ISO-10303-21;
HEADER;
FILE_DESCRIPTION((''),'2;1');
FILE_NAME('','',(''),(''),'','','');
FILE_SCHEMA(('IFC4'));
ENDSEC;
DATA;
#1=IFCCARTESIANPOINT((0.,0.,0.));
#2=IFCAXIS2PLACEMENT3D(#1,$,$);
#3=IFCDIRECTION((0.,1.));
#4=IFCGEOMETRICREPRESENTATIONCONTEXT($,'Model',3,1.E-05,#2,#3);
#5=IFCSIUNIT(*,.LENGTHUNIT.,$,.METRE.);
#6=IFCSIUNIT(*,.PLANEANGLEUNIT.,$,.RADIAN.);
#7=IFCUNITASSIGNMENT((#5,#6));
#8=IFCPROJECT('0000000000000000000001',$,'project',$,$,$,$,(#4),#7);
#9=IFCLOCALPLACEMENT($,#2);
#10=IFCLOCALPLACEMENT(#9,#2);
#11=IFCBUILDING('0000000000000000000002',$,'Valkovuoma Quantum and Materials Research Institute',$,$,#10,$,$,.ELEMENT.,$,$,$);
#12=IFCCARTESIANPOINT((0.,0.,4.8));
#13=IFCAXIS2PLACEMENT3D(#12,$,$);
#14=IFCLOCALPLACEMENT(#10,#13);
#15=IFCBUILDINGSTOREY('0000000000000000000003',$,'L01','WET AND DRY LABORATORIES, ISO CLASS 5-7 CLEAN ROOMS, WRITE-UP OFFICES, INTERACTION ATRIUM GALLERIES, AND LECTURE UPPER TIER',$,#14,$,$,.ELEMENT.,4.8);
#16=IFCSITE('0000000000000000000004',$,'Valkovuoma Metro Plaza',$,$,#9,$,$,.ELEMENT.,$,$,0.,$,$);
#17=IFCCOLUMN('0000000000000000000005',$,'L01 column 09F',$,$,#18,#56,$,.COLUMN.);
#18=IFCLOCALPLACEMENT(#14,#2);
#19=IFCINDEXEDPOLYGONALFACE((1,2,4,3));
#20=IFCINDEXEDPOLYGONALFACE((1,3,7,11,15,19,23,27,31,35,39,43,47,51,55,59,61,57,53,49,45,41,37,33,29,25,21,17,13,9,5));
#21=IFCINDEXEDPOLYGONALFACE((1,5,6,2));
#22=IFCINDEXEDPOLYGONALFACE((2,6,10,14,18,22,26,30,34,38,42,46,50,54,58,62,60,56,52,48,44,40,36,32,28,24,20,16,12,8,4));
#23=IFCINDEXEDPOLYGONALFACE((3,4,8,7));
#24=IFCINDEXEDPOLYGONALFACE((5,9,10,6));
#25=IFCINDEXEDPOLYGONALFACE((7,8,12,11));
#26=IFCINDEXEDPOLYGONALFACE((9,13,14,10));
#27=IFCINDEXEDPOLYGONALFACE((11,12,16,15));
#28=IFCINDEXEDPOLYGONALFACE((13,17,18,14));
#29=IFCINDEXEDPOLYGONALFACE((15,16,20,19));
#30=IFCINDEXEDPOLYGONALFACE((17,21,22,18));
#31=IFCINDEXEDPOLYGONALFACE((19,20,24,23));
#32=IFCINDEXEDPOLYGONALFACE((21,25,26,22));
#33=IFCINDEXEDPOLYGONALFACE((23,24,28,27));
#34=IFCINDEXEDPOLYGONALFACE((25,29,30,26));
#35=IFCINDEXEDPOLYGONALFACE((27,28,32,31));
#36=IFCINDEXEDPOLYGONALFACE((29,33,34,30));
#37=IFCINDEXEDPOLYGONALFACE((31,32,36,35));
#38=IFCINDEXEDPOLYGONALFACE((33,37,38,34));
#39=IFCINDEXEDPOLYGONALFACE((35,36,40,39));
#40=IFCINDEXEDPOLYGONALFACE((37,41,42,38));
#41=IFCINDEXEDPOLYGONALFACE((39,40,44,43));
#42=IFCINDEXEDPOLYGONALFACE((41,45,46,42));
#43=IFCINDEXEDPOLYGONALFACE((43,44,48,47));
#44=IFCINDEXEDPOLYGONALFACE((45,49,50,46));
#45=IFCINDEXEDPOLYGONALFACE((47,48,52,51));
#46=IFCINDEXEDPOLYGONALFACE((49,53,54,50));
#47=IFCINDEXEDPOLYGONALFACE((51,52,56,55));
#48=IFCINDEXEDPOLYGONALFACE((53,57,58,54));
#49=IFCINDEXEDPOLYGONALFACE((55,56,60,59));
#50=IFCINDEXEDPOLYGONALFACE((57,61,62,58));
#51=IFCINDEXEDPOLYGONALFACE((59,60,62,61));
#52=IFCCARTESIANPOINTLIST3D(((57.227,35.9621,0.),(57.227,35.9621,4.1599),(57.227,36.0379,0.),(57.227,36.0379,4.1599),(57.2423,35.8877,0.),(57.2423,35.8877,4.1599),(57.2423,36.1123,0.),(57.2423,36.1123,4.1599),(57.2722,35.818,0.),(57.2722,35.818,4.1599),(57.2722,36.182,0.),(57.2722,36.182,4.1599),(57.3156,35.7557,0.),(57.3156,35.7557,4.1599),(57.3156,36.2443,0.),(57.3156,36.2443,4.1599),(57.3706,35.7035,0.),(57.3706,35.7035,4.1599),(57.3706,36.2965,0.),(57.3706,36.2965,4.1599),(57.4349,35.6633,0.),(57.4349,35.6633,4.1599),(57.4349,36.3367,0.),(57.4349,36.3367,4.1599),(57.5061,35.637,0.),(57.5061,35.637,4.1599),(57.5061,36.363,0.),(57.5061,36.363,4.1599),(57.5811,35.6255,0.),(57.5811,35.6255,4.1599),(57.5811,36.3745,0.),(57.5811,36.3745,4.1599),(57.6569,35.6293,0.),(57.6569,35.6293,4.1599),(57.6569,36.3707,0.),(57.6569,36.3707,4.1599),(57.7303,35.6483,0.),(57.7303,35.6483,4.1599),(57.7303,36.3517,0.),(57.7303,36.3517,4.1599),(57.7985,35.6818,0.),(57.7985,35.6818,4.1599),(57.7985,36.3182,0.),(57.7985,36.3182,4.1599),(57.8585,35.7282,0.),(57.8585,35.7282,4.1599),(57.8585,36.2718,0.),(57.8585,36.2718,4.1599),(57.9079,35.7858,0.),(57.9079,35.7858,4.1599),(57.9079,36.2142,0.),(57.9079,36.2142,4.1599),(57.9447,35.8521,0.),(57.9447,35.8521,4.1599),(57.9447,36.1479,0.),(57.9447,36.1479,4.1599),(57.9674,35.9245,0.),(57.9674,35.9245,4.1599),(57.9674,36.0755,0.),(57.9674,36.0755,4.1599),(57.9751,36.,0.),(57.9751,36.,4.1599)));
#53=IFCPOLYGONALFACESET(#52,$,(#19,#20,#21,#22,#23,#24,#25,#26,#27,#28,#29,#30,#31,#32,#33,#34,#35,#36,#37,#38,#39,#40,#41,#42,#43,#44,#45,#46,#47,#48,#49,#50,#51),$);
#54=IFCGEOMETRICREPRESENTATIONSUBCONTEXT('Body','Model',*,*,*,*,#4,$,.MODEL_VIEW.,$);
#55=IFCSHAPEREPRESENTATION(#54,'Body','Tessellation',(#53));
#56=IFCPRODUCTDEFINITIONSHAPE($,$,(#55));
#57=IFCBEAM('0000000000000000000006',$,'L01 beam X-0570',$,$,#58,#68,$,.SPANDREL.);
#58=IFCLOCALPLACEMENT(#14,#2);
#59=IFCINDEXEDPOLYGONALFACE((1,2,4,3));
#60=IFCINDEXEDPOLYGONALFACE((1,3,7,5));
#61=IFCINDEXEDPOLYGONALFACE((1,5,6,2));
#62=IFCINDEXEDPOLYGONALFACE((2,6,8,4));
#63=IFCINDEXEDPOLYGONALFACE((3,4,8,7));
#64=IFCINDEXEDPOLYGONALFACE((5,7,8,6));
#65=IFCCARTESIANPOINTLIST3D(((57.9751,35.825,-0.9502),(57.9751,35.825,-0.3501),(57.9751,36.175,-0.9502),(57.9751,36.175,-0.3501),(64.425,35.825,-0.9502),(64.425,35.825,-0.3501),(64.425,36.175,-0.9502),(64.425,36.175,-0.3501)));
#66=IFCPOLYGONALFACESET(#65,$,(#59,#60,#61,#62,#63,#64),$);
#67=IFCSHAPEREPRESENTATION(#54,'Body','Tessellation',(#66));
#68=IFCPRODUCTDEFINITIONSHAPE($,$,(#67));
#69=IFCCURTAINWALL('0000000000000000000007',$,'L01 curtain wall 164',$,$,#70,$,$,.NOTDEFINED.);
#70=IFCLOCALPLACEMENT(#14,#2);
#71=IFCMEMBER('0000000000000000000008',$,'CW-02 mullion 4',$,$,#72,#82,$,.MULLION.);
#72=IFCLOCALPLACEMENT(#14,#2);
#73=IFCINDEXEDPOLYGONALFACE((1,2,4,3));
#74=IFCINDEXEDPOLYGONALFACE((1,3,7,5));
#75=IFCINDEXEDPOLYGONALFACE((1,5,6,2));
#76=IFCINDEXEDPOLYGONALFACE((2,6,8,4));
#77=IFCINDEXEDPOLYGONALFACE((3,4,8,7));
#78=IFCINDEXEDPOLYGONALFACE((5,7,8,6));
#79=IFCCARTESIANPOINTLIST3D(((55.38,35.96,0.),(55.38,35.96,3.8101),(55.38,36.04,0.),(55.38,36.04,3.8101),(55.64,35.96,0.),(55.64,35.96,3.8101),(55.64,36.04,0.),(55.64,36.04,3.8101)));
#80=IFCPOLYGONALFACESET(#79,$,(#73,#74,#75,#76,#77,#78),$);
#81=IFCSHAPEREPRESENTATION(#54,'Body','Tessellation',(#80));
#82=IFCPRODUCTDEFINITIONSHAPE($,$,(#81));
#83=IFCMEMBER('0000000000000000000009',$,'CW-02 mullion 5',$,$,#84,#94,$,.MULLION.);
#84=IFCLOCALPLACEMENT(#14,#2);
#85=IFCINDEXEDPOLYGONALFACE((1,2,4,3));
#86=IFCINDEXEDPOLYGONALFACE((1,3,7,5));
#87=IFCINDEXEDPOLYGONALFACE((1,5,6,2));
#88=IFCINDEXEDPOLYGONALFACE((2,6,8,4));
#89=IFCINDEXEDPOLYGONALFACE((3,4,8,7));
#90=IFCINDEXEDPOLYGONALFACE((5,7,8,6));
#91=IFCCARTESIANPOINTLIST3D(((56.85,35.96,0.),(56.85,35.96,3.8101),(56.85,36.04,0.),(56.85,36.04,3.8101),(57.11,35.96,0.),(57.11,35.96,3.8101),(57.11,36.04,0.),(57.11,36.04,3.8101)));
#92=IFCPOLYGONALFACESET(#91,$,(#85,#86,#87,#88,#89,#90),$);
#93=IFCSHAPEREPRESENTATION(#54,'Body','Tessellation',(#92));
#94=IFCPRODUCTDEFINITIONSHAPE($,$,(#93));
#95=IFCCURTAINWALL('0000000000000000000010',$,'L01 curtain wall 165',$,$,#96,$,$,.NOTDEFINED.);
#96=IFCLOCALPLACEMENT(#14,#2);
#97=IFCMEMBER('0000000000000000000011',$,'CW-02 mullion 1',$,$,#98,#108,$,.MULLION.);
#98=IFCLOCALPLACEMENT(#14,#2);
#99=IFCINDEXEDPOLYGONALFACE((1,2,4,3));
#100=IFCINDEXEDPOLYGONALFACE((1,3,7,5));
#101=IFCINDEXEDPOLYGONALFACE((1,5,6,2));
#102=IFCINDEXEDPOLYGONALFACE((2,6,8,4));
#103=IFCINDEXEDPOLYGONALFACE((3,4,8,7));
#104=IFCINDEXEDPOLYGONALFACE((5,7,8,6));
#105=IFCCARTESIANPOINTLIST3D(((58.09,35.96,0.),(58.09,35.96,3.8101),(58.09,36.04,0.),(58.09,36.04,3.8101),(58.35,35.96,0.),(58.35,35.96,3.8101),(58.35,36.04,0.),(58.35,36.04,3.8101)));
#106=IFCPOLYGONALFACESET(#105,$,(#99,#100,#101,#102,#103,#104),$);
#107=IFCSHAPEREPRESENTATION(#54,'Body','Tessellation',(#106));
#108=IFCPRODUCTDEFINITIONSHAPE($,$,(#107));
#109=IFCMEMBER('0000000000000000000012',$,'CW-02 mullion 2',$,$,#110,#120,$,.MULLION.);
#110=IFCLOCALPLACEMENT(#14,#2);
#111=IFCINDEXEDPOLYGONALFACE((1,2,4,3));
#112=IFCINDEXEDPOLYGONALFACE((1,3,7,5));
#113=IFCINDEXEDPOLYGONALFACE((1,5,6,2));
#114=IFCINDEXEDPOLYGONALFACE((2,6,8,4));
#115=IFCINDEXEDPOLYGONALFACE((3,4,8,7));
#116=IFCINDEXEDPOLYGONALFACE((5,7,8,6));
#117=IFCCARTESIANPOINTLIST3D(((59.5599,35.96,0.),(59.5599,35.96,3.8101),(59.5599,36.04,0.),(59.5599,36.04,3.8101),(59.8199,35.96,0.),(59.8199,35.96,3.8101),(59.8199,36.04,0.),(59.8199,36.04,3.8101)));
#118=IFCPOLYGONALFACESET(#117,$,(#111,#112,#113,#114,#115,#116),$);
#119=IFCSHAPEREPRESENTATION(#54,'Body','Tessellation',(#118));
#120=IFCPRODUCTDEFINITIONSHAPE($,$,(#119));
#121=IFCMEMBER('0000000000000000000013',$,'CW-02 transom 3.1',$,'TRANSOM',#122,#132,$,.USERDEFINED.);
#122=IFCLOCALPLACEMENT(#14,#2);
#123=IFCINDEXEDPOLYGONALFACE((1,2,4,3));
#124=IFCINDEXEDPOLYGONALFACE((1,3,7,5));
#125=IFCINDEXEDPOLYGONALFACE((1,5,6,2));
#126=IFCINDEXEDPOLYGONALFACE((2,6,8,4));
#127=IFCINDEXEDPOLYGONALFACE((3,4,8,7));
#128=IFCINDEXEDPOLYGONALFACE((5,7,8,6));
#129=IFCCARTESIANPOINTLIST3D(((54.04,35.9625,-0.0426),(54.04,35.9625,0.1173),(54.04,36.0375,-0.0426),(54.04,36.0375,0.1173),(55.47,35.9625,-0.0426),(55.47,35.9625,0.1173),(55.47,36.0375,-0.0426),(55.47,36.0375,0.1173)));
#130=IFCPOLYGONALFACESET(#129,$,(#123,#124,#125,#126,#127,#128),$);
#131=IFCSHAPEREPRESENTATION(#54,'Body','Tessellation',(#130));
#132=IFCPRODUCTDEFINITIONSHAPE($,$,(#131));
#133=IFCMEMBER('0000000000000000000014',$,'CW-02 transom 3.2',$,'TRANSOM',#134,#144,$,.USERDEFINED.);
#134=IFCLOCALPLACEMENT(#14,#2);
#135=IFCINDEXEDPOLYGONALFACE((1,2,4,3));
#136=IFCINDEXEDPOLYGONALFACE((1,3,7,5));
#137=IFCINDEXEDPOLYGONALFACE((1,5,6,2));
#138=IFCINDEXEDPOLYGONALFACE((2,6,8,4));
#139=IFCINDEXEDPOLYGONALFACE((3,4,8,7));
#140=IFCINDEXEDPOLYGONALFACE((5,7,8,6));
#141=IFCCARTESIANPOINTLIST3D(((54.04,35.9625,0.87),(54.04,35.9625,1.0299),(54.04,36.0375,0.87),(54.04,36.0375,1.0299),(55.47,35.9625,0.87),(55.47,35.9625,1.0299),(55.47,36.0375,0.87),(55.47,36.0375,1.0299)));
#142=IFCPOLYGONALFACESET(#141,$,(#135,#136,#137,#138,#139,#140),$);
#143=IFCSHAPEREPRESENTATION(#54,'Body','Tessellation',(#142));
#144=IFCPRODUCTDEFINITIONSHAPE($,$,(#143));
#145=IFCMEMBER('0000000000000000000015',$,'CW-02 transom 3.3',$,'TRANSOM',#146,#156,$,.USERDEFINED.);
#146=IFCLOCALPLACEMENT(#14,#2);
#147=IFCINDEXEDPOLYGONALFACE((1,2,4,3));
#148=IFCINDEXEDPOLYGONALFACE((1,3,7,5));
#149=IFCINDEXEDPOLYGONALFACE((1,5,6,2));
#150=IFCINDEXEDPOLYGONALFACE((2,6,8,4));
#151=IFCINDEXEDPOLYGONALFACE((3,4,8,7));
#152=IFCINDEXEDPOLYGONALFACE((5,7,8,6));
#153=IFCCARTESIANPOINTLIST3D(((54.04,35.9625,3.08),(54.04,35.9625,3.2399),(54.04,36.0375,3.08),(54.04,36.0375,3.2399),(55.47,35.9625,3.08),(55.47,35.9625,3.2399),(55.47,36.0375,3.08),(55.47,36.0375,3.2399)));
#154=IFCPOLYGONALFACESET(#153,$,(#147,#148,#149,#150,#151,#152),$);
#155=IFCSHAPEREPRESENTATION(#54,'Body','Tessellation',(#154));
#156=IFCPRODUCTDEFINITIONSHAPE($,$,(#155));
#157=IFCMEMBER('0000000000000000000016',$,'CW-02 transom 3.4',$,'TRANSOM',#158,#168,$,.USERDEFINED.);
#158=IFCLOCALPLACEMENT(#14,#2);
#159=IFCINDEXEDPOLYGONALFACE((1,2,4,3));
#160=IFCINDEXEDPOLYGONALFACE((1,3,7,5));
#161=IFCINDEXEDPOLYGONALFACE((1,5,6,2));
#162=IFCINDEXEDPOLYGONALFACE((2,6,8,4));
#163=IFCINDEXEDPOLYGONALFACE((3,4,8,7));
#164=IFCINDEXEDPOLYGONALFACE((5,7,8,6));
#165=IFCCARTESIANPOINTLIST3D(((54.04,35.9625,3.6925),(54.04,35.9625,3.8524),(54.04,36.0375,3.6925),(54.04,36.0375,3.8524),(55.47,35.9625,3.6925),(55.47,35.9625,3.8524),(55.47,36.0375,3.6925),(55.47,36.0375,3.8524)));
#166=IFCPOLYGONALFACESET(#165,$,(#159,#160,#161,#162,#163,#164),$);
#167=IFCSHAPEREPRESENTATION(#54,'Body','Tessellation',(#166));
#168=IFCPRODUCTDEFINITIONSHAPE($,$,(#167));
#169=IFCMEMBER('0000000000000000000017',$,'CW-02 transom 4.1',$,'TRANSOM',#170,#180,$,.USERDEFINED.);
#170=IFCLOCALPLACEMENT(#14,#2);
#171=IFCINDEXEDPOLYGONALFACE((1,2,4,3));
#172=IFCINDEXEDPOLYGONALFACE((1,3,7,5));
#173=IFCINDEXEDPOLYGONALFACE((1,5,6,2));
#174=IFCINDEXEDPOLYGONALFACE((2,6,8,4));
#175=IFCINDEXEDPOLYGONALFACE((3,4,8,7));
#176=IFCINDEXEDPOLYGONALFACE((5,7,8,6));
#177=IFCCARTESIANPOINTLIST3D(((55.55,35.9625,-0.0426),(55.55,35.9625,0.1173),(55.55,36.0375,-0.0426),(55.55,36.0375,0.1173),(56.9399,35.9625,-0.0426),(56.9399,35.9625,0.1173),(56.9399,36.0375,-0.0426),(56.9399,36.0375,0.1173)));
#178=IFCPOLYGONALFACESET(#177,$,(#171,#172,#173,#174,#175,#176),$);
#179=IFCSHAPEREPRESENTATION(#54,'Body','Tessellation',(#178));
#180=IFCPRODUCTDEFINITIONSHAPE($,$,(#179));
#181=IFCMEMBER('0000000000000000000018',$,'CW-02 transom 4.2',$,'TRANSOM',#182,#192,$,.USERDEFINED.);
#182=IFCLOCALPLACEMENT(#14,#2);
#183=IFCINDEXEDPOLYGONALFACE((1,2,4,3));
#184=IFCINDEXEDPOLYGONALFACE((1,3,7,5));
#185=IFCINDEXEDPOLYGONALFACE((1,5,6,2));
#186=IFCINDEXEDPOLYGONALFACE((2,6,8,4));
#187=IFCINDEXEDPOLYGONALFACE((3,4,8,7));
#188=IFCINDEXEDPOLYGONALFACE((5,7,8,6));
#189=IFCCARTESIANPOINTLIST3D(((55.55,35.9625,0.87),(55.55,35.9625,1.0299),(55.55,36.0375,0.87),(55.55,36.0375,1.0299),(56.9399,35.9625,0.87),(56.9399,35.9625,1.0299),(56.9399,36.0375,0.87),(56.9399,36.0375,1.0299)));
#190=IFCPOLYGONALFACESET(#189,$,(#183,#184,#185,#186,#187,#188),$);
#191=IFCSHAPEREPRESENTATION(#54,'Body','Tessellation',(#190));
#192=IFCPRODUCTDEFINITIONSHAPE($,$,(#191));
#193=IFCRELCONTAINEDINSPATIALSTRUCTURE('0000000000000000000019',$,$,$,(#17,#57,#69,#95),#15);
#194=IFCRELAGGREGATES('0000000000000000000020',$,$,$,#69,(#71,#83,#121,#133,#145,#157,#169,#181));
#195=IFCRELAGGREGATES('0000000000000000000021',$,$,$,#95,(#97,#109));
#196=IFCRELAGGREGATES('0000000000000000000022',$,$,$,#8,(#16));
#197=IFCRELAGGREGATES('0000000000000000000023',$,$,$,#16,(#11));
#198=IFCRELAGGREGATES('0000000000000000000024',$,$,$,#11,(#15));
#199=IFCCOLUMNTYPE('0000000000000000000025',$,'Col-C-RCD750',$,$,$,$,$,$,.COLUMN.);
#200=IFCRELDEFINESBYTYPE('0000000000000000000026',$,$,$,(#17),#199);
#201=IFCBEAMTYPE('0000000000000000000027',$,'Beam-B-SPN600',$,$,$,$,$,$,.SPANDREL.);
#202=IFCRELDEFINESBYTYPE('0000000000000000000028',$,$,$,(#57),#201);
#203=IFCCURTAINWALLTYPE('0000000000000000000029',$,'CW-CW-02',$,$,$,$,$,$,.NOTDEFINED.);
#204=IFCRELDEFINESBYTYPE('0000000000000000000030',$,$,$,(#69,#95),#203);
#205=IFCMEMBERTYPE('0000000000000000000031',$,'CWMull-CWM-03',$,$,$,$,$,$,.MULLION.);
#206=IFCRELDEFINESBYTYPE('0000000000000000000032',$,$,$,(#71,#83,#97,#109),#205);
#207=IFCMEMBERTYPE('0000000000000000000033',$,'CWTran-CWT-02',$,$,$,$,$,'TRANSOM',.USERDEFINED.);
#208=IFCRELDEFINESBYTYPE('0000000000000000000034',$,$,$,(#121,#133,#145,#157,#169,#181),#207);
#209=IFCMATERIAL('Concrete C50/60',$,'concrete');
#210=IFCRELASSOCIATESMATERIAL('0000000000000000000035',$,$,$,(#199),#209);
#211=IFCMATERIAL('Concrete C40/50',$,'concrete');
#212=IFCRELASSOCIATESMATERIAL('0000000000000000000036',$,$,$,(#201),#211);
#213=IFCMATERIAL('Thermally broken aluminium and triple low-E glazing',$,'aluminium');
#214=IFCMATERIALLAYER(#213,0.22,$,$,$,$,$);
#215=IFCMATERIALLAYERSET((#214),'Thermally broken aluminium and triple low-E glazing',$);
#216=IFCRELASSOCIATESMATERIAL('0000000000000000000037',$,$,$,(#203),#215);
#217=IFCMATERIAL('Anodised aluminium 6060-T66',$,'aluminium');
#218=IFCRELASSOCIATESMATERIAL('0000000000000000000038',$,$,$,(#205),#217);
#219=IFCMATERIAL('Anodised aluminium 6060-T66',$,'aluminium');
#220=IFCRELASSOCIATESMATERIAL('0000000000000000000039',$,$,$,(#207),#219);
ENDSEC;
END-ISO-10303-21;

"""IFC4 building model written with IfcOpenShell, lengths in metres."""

from ifc_helpers import new_model, si_unit, direction, frame, origin, origin_2d, place, context, subcontext, project, spatial, rectangle, circle, extrude, material, layer, layer_set, material_profile, profile_set, type_object, element, aggregate, save


model = new_model("IFC4")

# Units and contexts
model_context = context("Model", 3, precision=1e-05, world=origin(), true_north=direction((0.0, 1.0)))
body_context = subcontext(model_context, "Body", "Model", "MODEL_VIEW")
ifc_project = project(units=[si_unit("LENGTHUNIT", "METRE"), si_unit("PLANEANGLEUNIT", "RADIAN")], contexts=[model_context])

# Site, building, storey
site_placement = place(None, origin())
site = spatial("IfcSite", under=ifc_project, at=site_placement, Name="Valkovuoma Metro Plaza", CompositionType="ELEMENT", RefElevation=0.0)
building_placement = place(site_placement, origin())
building = spatial("IfcBuilding", under=site, at=building_placement, Name="Valkovuoma Quantum and Materials Research Institute", CompositionType="ELEMENT")
storey_placement = place(building_placement, frame((0.0, 0.0, 4.8)))
storey = spatial("IfcBuildingStorey", under=building, at=storey_placement, Name="L01", Description="WET AND DRY LABORATORIES, ISO CLASS 5-7 CLEAN ROOMS, WRITE-UP OFFICES, INTERACTION ATRIUM GALLERIES, AND LECTURE UPPER TIER", CompositionType="ELEMENT", Elevation=4.8)

# Column
ifc_material_1 = material(Name="Concrete C50/60", Category="concrete")
ifc_material_profile_1 = material_profile(ifc_material_1, circle(Radius=0.375, at=origin_2d()), Name="Concrete C50/60")
ifc_profile_set_1 = profile_set([ifc_material_profile_1], Name="Concrete C50/60")
column_type = type_object("IfcColumnType", Name="Col-C-RCD750", PredefinedType="COLUMN", material=ifc_profile_set_1)
column_placement = place(storey_placement, frame((57.6001, 36.0, 0.0), z_axis=(0.0, 0.0, 1.0), x_axis=(1.0, 0.0, 0.0)))
element("IfcColumn", 1, at=column_placement, inside=storey, type_object=column_type, Name="L01 column 09F", PredefinedType="COLUMN", context=body_context, shape_type="SweptSolid", body=[
    extrude(circle(Radius=0.375, at=origin_2d()), origin(), (0.0, 0.0, 1.0), 4.1599),
])

# Beam
ifc_material_2 = material(Name="Concrete C40/50", Category="concrete")
ifc_material_profile_2 = material_profile(ifc_material_2, rectangle(XDim=0.3501, YDim=0.6001, at=origin_2d()), Name="Concrete C40/50")
ifc_profile_set_2 = profile_set([ifc_material_profile_2], Name="Concrete C40/50")
beam_type = type_object("IfcBeamType", Name="Beam-B-SPN600", PredefinedType="SPANDREL", material=ifc_profile_set_2)
beam_placement = place(storey_placement, frame((57.9751, 36.0, -0.6501), z_axis=(1.0, 0.0, 0.0), x_axis=(0.0, 1.0, 0.0)))
element("IfcBeam", 2, at=beam_placement, inside=storey, type_object=beam_type, Name="L01 beam X-0570", PredefinedType="SPANDREL", context=body_context, shape_type="SweptSolid", body=[
    extrude(rectangle(XDim=0.3501, YDim=0.6001, at=origin_2d()), origin(), (0.0, 0.0, 1.0), 6.45),
])

# Curtain walls, members
ifc_material_3 = material(Name="Thermally broken aluminium and triple low-E glazing", Category="aluminium")
ifc_layer_1 = layer(ifc_material_3, 0.22)
ifc_layer_set_1 = layer_set([ifc_layer_1], Name="Thermally broken aluminium and triple low-E glazing")
curtain_wall_type = type_object("IfcCurtainWallType", Name="CW-CW-02", PredefinedType="NOTDEFINED", material=ifc_layer_set_1)
curtain_wall_1_placement = place(storey_placement, origin())
curtain_wall_1 = element("IfcCurtainWall", 3, at=curtain_wall_1_placement, inside=storey, type_object=curtain_wall_type, Name="L01 curtain wall 164", PredefinedType="NOTDEFINED")
ifc_material_4 = material(Name="Anodised aluminium 6060-T66", Category="aluminium")
ifc_material_profile_3 = material_profile(ifc_material_4, rectangle(XDim=0.0801, YDim=0.26, at=origin_2d()), Name="Anodised aluminium 6060-T66")
ifc_profile_set_3 = profile_set([ifc_material_profile_3], Name="Anodised aluminium 6060-T66")
member_type_1 = type_object("IfcMemberType", Name="CWMull-CWM-03", PredefinedType="MULLION", material=ifc_profile_set_3)
member_1_placement = place(storey_placement, frame((55.51, 36.0, 0.0), z_axis=(0.0, 0.0, 1.0), x_axis=(0.0, 1.0, 0.0)))
member_1 = element("IfcMember", 4, at=member_1_placement, type_object=member_type_1, Name="CW-02 mullion 4", PredefinedType="MULLION", context=body_context, shape_type="SweptSolid", body=[
    extrude(rectangle(XDim=0.0801, YDim=0.26, at=origin_2d()), origin(), (0.0, 0.0, 1.0), 3.8101),
])
member_2_placement = place(storey_placement, frame((56.98, 36.0, 0.0), z_axis=(0.0, 0.0, 1.0), x_axis=(0.0, 1.0, 0.0)))
member_2 = element("IfcMember", 5, at=member_2_placement, type_object=member_type_1, Name="CW-02 mullion 5", PredefinedType="MULLION", context=body_context, shape_type="SweptSolid", body=[
    extrude(rectangle(XDim=0.0801, YDim=0.26, at=origin_2d()), origin(), (0.0, 0.0, 1.0), 3.8101),
])
curtain_wall_2_placement = place(storey_placement, origin())
curtain_wall_2 = element("IfcCurtainWall", 6, at=curtain_wall_2_placement, inside=storey, type_object=curtain_wall_type, Name="L01 curtain wall 165", PredefinedType="NOTDEFINED")
member_3_placement = place(storey_placement, frame((58.22, 36.0, 0.0), z_axis=(0.0, 0.0, 1.0), x_axis=(0.0, 1.0, 0.0)))
member_3 = element("IfcMember", 7, at=member_3_placement, type_object=member_type_1, Name="CW-02 mullion 1", PredefinedType="MULLION", context=body_context, shape_type="SweptSolid", body=[
    extrude(rectangle(XDim=0.0801, YDim=0.26, at=origin_2d()), origin(), (0.0, 0.0, 1.0), 3.8101),
])
member_4_placement = place(storey_placement, frame((59.6899, 36.0, 0.0), z_axis=(0.0, 0.0, 1.0), x_axis=(0.0, 1.0, 0.0)))
member_4 = element("IfcMember", 8, at=member_4_placement, type_object=member_type_1, Name="CW-02 mullion 2", PredefinedType="MULLION", context=body_context, shape_type="SweptSolid", body=[
    extrude(rectangle(XDim=0.0801, YDim=0.26, at=origin_2d()), origin(), (0.0, 0.0, 1.0), 3.8101),
])

# Members
ifc_material_5 = material(Name="Anodised aluminium 6060-T66", Category="aluminium")
ifc_material_profile_4 = material_profile(ifc_material_5, rectangle(XDim=0.075, YDim=0.1599, at=origin_2d()), Name="Anodised aluminium 6060-T66")
ifc_profile_set_4 = profile_set([ifc_material_profile_4], Name="Anodised aluminium 6060-T66")
member_type_2 = type_object("IfcMemberType", Name="CWTran-CWT-02", ElementType="TRANSOM", PredefinedType="USERDEFINED", material=ifc_profile_set_4)
member_5_placement = place(storey_placement, frame((54.04, 36.0, 0.0374), z_axis=(1.0, 0.0, 0.0), x_axis=(0.0, 1.0, 0.0)))
member_5 = element("IfcMember", 9, at=member_5_placement, type_object=member_type_2, Name="CW-02 transom 3.1", ObjectType="TRANSOM", PredefinedType="USERDEFINED", context=body_context, shape_type="SweptSolid", body=[
    extrude(rectangle(XDim=0.075, YDim=0.1599, at=origin_2d()), origin(), (0.0, 0.0, 1.0), 1.4299),
])
member_6_placement = place(storey_placement, frame((54.04, 36.0, 0.95), z_axis=(1.0, 0.0, 0.0), x_axis=(0.0, 1.0, 0.0)))
member_6 = element("IfcMember", 10, at=member_6_placement, type_object=member_type_2, Name="CW-02 transom 3.2", ObjectType="TRANSOM", PredefinedType="USERDEFINED", context=body_context, shape_type="SweptSolid", body=[
    extrude(rectangle(XDim=0.075, YDim=0.1599, at=origin_2d()), origin(), (0.0, 0.0, 1.0), 1.4299),
])
member_7_placement = place(storey_placement, frame((54.04, 36.0, 3.1599), z_axis=(1.0, 0.0, 0.0), x_axis=(0.0, 1.0, 0.0)))
member_7 = element("IfcMember", 11, at=member_7_placement, type_object=member_type_2, Name="CW-02 transom 3.3", ObjectType="TRANSOM", PredefinedType="USERDEFINED", context=body_context, shape_type="SweptSolid", body=[
    extrude(rectangle(XDim=0.075, YDim=0.1599, at=origin_2d()), origin(), (0.0, 0.0, 1.0), 1.4299),
])
member_8_placement = place(storey_placement, frame((54.04, 36.0, 3.7725), z_axis=(1.0, 0.0, 0.0), x_axis=(0.0, 1.0, 0.0)))
member_8 = element("IfcMember", 12, at=member_8_placement, type_object=member_type_2, Name="CW-02 transom 3.4", ObjectType="TRANSOM", PredefinedType="USERDEFINED", context=body_context, shape_type="SweptSolid", body=[
    extrude(rectangle(XDim=0.075, YDim=0.1599, at=origin_2d()), origin(), (0.0, 0.0, 1.0), 1.4299),
])
member_9_placement = place(storey_placement, frame((55.55, 36.0, 0.0374), z_axis=(1.0, 0.0, 0.0), x_axis=(0.0, 1.0, 0.0)))
member_9 = element("IfcMember", 13, at=member_9_placement, type_object=member_type_2, Name="CW-02 transom 4.1", ObjectType="TRANSOM", PredefinedType="USERDEFINED", context=body_context, shape_type="SweptSolid", body=[
    extrude(rectangle(XDim=0.075, YDim=0.1599, at=origin_2d()), origin(), (0.0, 0.0, 1.0), 1.3899),
])
member_10_placement = place(storey_placement, frame((55.55, 36.0, 0.95), z_axis=(1.0, 0.0, 0.0), x_axis=(0.0, 1.0, 0.0)))
member_10 = element("IfcMember", 14, at=member_10_placement, type_object=member_type_2, Name="CW-02 transom 4.2", ObjectType="TRANSOM", PredefinedType="USERDEFINED", context=body_context, shape_type="SweptSolid", body=[
    extrude(rectangle(XDim=0.075, YDim=0.1599, at=origin_2d()), origin(), (0.0, 0.0, 1.0), 1.3899),
])

aggregate(curtain_wall_1, [member_1, member_2, member_5, member_6, member_7, member_8, member_9, member_10])
aggregate(curtain_wall_2, [member_3, member_4])

save(model, "model.ifc")
